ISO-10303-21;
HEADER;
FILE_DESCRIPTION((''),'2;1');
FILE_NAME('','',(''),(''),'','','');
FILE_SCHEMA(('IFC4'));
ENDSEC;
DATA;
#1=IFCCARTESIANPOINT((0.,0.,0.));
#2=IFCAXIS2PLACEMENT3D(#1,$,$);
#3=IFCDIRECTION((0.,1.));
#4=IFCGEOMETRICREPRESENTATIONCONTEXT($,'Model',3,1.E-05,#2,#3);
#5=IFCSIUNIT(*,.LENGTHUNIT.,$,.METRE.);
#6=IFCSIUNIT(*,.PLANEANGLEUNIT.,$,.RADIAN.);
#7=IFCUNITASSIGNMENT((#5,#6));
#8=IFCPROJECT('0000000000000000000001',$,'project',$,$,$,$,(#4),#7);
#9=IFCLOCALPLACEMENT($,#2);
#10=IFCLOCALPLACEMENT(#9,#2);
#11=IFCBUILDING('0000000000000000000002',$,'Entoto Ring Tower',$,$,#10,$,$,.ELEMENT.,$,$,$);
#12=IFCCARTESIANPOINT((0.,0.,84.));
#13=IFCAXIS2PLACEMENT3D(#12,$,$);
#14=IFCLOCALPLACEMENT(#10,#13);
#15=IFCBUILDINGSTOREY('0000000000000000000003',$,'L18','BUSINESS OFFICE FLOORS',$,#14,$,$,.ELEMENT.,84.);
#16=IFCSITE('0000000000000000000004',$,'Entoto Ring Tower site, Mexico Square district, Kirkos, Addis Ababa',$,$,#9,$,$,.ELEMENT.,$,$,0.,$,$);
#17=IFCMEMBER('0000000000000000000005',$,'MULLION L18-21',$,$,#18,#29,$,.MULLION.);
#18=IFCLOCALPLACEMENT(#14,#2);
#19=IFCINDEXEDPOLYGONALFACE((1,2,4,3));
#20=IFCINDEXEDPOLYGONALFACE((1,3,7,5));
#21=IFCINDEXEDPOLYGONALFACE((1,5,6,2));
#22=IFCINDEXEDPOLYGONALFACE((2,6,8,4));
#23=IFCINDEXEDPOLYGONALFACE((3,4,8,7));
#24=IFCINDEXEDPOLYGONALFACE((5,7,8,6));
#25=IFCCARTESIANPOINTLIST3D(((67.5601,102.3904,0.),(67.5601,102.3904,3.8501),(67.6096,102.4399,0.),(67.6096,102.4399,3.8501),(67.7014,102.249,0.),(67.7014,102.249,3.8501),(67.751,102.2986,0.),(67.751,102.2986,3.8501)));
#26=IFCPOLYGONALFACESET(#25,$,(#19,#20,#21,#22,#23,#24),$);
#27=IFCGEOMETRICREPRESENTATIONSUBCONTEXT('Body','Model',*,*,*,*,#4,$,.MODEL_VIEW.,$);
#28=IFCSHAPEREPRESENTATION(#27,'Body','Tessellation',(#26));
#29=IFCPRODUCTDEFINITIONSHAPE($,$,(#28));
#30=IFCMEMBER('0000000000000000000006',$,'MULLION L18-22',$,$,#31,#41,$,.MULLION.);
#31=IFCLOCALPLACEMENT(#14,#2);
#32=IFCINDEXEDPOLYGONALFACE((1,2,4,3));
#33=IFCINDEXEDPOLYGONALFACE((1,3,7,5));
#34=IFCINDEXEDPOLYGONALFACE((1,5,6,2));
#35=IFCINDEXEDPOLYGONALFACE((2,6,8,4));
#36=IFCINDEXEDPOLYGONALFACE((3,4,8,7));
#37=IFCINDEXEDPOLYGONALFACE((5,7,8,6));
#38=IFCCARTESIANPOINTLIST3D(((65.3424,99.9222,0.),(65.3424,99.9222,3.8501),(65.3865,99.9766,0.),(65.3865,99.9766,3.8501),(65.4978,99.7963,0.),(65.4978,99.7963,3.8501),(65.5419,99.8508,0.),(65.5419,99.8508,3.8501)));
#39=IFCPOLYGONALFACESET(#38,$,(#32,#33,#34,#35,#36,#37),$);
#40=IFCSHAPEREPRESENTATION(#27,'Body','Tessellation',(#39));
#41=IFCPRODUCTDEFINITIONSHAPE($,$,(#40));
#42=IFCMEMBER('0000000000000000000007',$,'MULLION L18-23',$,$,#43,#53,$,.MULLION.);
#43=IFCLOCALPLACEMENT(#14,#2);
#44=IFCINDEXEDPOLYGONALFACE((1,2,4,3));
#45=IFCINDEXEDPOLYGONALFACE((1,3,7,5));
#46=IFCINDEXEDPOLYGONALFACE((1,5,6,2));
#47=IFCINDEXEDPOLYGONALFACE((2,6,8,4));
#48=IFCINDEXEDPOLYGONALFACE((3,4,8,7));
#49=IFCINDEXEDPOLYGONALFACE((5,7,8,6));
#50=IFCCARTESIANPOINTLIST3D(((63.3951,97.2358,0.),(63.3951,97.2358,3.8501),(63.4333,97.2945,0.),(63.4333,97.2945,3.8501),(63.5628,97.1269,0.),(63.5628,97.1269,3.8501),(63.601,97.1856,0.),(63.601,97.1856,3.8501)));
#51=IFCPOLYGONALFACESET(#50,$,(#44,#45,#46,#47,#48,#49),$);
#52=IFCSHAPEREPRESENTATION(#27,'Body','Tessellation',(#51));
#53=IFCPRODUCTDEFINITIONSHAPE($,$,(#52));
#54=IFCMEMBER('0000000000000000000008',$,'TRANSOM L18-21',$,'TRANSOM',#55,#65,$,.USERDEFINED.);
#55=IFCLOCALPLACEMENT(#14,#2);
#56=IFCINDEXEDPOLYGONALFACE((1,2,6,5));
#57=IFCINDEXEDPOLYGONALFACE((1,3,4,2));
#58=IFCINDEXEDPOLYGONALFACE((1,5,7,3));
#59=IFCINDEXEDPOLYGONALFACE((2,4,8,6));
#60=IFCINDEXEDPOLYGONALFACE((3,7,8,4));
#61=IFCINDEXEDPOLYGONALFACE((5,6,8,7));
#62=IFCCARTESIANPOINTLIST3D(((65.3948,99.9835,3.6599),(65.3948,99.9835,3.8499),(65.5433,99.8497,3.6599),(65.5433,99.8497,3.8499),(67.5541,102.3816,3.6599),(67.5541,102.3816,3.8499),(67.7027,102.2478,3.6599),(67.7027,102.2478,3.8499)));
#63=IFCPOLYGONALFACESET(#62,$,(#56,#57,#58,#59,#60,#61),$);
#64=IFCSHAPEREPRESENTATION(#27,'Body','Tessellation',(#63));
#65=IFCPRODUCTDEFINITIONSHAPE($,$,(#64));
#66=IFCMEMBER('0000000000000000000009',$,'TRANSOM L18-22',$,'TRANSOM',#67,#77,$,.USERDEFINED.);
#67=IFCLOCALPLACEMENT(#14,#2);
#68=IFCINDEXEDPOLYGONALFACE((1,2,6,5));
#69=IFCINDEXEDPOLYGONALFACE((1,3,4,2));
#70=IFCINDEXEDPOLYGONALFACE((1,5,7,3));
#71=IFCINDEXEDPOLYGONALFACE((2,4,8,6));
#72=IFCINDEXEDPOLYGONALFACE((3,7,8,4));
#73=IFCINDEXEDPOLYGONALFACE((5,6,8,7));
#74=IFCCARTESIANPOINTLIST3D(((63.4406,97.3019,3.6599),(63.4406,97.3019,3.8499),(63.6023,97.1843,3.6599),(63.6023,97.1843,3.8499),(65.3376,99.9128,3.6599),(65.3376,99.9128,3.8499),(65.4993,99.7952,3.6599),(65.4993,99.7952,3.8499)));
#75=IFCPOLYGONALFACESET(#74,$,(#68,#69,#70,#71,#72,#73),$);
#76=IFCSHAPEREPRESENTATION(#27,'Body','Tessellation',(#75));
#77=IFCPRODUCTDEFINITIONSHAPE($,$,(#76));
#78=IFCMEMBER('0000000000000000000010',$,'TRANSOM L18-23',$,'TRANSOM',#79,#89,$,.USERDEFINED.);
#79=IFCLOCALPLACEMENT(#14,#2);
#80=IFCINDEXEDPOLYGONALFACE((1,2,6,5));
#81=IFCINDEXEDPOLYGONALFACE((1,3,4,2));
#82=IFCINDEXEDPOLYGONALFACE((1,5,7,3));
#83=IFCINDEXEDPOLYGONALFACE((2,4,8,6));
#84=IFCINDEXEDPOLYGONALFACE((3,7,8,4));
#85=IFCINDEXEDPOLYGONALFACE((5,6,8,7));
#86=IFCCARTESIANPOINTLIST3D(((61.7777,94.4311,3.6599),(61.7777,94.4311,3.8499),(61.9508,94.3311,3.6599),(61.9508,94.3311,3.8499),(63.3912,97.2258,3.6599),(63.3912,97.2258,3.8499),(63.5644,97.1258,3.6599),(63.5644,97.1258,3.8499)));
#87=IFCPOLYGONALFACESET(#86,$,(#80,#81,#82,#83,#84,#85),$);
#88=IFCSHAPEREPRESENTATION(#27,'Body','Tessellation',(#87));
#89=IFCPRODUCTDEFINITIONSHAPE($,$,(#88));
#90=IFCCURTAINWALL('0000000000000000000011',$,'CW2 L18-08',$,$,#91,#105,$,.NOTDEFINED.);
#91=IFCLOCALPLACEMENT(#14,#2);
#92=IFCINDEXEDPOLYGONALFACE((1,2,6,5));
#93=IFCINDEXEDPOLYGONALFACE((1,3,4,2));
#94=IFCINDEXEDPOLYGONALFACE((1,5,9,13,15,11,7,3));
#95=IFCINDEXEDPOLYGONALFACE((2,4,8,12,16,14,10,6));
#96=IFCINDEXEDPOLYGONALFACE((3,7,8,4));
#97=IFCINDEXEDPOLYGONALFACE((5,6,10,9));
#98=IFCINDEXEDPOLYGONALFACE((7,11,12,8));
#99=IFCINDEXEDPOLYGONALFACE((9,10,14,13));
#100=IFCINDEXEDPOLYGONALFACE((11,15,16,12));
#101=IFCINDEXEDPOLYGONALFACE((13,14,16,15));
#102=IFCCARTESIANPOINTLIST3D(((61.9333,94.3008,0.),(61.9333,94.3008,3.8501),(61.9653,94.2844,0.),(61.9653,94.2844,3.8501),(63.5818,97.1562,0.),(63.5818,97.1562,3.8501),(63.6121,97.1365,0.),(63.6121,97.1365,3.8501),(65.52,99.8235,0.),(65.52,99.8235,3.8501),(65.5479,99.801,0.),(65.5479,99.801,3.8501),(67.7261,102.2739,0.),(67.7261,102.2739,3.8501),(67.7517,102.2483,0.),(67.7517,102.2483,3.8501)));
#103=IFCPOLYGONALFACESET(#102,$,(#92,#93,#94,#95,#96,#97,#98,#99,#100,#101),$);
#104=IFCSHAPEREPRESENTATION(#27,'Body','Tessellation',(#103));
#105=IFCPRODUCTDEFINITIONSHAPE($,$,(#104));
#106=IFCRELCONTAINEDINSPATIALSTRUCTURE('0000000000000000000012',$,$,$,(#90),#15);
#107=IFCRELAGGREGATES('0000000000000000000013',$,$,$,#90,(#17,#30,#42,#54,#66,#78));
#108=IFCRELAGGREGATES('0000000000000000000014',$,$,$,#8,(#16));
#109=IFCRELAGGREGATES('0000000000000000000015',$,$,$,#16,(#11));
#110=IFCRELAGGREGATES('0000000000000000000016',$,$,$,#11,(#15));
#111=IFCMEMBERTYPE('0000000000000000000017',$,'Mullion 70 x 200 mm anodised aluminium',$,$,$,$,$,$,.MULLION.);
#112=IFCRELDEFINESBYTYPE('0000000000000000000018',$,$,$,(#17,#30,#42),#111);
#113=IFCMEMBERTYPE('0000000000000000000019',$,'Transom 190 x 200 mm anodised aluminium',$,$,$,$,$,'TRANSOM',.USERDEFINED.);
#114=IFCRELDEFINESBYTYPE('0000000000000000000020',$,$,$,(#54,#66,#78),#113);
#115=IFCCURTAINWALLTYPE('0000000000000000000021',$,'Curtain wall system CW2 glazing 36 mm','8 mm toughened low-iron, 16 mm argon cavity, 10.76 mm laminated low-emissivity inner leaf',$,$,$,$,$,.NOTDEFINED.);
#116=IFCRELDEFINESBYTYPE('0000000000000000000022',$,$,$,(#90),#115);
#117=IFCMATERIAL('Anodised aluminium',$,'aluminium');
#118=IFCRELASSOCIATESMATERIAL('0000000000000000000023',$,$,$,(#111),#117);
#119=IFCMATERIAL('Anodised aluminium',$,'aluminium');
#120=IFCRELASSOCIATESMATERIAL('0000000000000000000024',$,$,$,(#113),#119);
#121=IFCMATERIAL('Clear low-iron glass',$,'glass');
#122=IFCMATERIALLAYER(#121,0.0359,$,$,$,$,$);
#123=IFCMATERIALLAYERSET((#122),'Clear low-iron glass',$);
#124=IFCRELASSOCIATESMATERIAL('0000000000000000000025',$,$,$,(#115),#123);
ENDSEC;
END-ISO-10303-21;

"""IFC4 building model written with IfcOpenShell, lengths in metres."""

from ifc_helpers import new_model, si_unit, direction, frame, origin, origin_2d, place, context, subcontext, project, spatial, polyline, rectangle, outline, extrude, material, layer, layer_set, material_profile, profile_set, type_object, element, aggregate, save


model = new_model("IFC4")

# Units and contexts
model_context = context("Model", 3, precision=1e-05, world=origin(), true_north=direction((0.0, 1.0)))
body_context = subcontext(model_context, "Body", "Model", "MODEL_VIEW")
ifc_project = project(units=[si_unit("LENGTHUNIT", "METRE"), si_unit("PLANEANGLEUNIT", "RADIAN")], contexts=[model_context])

# Members
ifc_material_1 = material(Name="Anodised aluminium", Category="aluminium")
ifc_material_profile_1 = material_profile(ifc_material_1, rectangle(XDim=0.0701, YDim=0.2, at=origin_2d()), Name="Mullion 70 x 200 mm anodised aluminium")
ifc_profile_set_1 = profile_set([ifc_material_profile_1], Name="Anodised aluminium")
member_type_1 = type_object("IfcMemberType", Name="Mullion 70 x 200 mm anodised aluminium", PredefinedType="MULLION", material=ifc_profile_set_1)
site_placement = place(None, origin())
building_placement = place(site_placement, origin())
storey_placement = place(building_placement, frame((0.0, 0.0, 84.0)))
member_1_placement = place(storey_placement, frame((67.6555, 102.3445, 0.0), z_axis=(0.0, 0.0, 1.0), x_axis=(-0.707107, -0.707107, 0.0)))
member_1 = element("IfcMember", 1, at=member_1_placement, type_object=member_type_1, Name="MULLION L18-21", PredefinedType="MULLION", context=body_context, shape_type="SweptSolid", body=[
    extrude(rectangle(XDim=0.0701, YDim=0.2, at=origin_2d()), origin(), (0.0, 0.0, 1.0), 3.8501),
])
member_2_placement = place(storey_placement, frame((65.4421, 99.8865, 0.0), z_axis=(0.0, 0.0, 1.0), x_axis=(-0.62932, -0.777146, 0.0)))
member_2 = element("IfcMember", 2, at=member_2_placement, type_object=member_type_1, Name="MULLION L18-22", PredefinedType="MULLION", context=body_context, shape_type="SweptSolid", body=[
    extrude(rectangle(XDim=0.0701, YDim=0.2, at=origin_2d()), origin(), (0.0, 0.0, 1.0), 3.8501),
])
member_3_placement = place(storey_placement, frame((63.498, 97.2107, 0.0), z_axis=(0.0, 0.0, 1.0), x_axis=(-0.544639, -0.838671, 0.0)))
member_3 = element("IfcMember", 3, at=member_3_placement, type_object=member_type_1, Name="MULLION L18-23", PredefinedType="MULLION", context=body_context, shape_type="SweptSolid", body=[
    extrude(rectangle(XDim=0.0701, YDim=0.2, at=origin_2d()), origin(), (0.0, 0.0, 1.0), 3.8501),
])
ifc_material_2 = material(Name="Anodised aluminium", Category="aluminium")
ifc_material_profile_2 = material_profile(ifc_material_2, rectangle(XDim=0.2, YDim=0.1899, at=origin_2d()), Name="Transom 190 x 200 mm anodised aluminium")
ifc_profile_set_2 = profile_set([ifc_material_profile_2], Name="Anodised aluminium")
member_type_2 = type_object("IfcMemberType", Name="Transom 190 x 200 mm anodised aluminium", ElementType="TRANSOM", PredefinedType="USERDEFINED", material=ifc_profile_set_2)
member_4_placement = place(storey_placement, frame((67.6284, 102.3147, 3.7549), z_axis=(-0.669144, -0.743132, 0.0), x_axis=(0.743132, -0.669144, 0.0)))
member_4 = element("IfcMember", 4, at=member_4_placement, type_object=member_type_2, Name="TRANSOM L18-21", ObjectType="TRANSOM", PredefinedType="USERDEFINED", context=body_context, shape_type="SweptSolid", body=[
    extrude(rectangle(XDim=0.2, YDim=0.1899, at=origin_2d()), origin(), (0.0, 0.0, 1.0), 3.2271),
])
member_5_placement = place(storey_placement, frame((65.4185, 99.854, 3.7549), z_axis=(-0.587803, -0.809004, 0.0), x_axis=(0.809004, -0.587803, 0.0)))
member_5 = element("IfcMember", 5, at=member_5_placement, type_object=member_type_2, Name="TRANSOM L18-22", ObjectType="TRANSOM", PredefinedType="USERDEFINED", context=body_context, shape_type="SweptSolid", body=[
    extrude(rectangle(XDim=0.2, YDim=0.1899, at=origin_2d()), origin(), (0.0, 0.0, 1.0), 3.2273),
])
member_6_placement = place(storey_placement, frame((63.4778, 97.1758, 3.7549), z_axis=(-0.500004, -0.866023, 0.0), x_axis=(0.866023, -0.500004, 0.0)))
member_6 = element("IfcMember", 6, at=member_6_placement, type_object=member_type_2, Name="TRANSOM L18-23", ObjectType="TRANSOM", PredefinedType="USERDEFINED", context=body_context, shape_type="SweptSolid", body=[
    extrude(rectangle(XDim=0.2, YDim=0.1899, at=origin_2d()), origin(), (0.0, 0.0, 1.0), 3.2271),
])

# Site, building, storey
site = spatial("IfcSite", under=ifc_project, at=site_placement, Name="Entoto Ring Tower site, Mexico Square district, Kirkos, Addis Ababa", CompositionType="ELEMENT", RefElevation=0.0)
building = spatial("IfcBuilding", under=site, at=building_placement, Name="Entoto Ring Tower", CompositionType="ELEMENT")
storey = spatial("IfcBuildingStorey", under=building, at=storey_placement, Name="L18", Description="BUSINESS OFFICE FLOORS", CompositionType="ELEMENT", Elevation=84.0)

# Curtain wall
ifc_material_3 = material(Name="Clear low-iron glass", Category="glass")
ifc_layer = layer(ifc_material_3, 0.0359)
ifc_layer_set = layer_set([ifc_layer], Name="Clear low-iron glass")
curtain_wall_type = type_object("IfcCurtainWallType", Name="Curtain wall system CW2 glazing 36 mm", Description="8 mm toughened low-iron, 16 mm argon cavity, 10.76 mm laminated low-emissivity inner leaf", PredefinedType="NOTDEFINED", material=ifc_layer_set)
curtain_wall_1_placement = place(storey_placement, origin())
curtain_wall_1 = element("IfcCurtainWall", 7, at=curtain_wall_1_placement, inside=storey, type_object=curtain_wall_type, Name="CW2 L18-08", PredefinedType="NOTDEFINED", context=body_context, shape_type="SweptSolid", body=[
    extrude(outline(polyline([(67.7261, 102.2739), (65.52, 99.8235), (63.5818, 97.1562), (61.9333, 94.3008), (61.9653, 94.2844), (63.6121, 97.1365), (65.5479, 99.801), (67.7517, 102.2483), (67.7261, 102.2739)])), origin(), (0.0, 0.0, 1.0), 3.8501),
])
aggregate(curtain_wall_1, [member_1, member_2, member_3, member_4, member_5, member_6])

save(model, "model.ifc")
